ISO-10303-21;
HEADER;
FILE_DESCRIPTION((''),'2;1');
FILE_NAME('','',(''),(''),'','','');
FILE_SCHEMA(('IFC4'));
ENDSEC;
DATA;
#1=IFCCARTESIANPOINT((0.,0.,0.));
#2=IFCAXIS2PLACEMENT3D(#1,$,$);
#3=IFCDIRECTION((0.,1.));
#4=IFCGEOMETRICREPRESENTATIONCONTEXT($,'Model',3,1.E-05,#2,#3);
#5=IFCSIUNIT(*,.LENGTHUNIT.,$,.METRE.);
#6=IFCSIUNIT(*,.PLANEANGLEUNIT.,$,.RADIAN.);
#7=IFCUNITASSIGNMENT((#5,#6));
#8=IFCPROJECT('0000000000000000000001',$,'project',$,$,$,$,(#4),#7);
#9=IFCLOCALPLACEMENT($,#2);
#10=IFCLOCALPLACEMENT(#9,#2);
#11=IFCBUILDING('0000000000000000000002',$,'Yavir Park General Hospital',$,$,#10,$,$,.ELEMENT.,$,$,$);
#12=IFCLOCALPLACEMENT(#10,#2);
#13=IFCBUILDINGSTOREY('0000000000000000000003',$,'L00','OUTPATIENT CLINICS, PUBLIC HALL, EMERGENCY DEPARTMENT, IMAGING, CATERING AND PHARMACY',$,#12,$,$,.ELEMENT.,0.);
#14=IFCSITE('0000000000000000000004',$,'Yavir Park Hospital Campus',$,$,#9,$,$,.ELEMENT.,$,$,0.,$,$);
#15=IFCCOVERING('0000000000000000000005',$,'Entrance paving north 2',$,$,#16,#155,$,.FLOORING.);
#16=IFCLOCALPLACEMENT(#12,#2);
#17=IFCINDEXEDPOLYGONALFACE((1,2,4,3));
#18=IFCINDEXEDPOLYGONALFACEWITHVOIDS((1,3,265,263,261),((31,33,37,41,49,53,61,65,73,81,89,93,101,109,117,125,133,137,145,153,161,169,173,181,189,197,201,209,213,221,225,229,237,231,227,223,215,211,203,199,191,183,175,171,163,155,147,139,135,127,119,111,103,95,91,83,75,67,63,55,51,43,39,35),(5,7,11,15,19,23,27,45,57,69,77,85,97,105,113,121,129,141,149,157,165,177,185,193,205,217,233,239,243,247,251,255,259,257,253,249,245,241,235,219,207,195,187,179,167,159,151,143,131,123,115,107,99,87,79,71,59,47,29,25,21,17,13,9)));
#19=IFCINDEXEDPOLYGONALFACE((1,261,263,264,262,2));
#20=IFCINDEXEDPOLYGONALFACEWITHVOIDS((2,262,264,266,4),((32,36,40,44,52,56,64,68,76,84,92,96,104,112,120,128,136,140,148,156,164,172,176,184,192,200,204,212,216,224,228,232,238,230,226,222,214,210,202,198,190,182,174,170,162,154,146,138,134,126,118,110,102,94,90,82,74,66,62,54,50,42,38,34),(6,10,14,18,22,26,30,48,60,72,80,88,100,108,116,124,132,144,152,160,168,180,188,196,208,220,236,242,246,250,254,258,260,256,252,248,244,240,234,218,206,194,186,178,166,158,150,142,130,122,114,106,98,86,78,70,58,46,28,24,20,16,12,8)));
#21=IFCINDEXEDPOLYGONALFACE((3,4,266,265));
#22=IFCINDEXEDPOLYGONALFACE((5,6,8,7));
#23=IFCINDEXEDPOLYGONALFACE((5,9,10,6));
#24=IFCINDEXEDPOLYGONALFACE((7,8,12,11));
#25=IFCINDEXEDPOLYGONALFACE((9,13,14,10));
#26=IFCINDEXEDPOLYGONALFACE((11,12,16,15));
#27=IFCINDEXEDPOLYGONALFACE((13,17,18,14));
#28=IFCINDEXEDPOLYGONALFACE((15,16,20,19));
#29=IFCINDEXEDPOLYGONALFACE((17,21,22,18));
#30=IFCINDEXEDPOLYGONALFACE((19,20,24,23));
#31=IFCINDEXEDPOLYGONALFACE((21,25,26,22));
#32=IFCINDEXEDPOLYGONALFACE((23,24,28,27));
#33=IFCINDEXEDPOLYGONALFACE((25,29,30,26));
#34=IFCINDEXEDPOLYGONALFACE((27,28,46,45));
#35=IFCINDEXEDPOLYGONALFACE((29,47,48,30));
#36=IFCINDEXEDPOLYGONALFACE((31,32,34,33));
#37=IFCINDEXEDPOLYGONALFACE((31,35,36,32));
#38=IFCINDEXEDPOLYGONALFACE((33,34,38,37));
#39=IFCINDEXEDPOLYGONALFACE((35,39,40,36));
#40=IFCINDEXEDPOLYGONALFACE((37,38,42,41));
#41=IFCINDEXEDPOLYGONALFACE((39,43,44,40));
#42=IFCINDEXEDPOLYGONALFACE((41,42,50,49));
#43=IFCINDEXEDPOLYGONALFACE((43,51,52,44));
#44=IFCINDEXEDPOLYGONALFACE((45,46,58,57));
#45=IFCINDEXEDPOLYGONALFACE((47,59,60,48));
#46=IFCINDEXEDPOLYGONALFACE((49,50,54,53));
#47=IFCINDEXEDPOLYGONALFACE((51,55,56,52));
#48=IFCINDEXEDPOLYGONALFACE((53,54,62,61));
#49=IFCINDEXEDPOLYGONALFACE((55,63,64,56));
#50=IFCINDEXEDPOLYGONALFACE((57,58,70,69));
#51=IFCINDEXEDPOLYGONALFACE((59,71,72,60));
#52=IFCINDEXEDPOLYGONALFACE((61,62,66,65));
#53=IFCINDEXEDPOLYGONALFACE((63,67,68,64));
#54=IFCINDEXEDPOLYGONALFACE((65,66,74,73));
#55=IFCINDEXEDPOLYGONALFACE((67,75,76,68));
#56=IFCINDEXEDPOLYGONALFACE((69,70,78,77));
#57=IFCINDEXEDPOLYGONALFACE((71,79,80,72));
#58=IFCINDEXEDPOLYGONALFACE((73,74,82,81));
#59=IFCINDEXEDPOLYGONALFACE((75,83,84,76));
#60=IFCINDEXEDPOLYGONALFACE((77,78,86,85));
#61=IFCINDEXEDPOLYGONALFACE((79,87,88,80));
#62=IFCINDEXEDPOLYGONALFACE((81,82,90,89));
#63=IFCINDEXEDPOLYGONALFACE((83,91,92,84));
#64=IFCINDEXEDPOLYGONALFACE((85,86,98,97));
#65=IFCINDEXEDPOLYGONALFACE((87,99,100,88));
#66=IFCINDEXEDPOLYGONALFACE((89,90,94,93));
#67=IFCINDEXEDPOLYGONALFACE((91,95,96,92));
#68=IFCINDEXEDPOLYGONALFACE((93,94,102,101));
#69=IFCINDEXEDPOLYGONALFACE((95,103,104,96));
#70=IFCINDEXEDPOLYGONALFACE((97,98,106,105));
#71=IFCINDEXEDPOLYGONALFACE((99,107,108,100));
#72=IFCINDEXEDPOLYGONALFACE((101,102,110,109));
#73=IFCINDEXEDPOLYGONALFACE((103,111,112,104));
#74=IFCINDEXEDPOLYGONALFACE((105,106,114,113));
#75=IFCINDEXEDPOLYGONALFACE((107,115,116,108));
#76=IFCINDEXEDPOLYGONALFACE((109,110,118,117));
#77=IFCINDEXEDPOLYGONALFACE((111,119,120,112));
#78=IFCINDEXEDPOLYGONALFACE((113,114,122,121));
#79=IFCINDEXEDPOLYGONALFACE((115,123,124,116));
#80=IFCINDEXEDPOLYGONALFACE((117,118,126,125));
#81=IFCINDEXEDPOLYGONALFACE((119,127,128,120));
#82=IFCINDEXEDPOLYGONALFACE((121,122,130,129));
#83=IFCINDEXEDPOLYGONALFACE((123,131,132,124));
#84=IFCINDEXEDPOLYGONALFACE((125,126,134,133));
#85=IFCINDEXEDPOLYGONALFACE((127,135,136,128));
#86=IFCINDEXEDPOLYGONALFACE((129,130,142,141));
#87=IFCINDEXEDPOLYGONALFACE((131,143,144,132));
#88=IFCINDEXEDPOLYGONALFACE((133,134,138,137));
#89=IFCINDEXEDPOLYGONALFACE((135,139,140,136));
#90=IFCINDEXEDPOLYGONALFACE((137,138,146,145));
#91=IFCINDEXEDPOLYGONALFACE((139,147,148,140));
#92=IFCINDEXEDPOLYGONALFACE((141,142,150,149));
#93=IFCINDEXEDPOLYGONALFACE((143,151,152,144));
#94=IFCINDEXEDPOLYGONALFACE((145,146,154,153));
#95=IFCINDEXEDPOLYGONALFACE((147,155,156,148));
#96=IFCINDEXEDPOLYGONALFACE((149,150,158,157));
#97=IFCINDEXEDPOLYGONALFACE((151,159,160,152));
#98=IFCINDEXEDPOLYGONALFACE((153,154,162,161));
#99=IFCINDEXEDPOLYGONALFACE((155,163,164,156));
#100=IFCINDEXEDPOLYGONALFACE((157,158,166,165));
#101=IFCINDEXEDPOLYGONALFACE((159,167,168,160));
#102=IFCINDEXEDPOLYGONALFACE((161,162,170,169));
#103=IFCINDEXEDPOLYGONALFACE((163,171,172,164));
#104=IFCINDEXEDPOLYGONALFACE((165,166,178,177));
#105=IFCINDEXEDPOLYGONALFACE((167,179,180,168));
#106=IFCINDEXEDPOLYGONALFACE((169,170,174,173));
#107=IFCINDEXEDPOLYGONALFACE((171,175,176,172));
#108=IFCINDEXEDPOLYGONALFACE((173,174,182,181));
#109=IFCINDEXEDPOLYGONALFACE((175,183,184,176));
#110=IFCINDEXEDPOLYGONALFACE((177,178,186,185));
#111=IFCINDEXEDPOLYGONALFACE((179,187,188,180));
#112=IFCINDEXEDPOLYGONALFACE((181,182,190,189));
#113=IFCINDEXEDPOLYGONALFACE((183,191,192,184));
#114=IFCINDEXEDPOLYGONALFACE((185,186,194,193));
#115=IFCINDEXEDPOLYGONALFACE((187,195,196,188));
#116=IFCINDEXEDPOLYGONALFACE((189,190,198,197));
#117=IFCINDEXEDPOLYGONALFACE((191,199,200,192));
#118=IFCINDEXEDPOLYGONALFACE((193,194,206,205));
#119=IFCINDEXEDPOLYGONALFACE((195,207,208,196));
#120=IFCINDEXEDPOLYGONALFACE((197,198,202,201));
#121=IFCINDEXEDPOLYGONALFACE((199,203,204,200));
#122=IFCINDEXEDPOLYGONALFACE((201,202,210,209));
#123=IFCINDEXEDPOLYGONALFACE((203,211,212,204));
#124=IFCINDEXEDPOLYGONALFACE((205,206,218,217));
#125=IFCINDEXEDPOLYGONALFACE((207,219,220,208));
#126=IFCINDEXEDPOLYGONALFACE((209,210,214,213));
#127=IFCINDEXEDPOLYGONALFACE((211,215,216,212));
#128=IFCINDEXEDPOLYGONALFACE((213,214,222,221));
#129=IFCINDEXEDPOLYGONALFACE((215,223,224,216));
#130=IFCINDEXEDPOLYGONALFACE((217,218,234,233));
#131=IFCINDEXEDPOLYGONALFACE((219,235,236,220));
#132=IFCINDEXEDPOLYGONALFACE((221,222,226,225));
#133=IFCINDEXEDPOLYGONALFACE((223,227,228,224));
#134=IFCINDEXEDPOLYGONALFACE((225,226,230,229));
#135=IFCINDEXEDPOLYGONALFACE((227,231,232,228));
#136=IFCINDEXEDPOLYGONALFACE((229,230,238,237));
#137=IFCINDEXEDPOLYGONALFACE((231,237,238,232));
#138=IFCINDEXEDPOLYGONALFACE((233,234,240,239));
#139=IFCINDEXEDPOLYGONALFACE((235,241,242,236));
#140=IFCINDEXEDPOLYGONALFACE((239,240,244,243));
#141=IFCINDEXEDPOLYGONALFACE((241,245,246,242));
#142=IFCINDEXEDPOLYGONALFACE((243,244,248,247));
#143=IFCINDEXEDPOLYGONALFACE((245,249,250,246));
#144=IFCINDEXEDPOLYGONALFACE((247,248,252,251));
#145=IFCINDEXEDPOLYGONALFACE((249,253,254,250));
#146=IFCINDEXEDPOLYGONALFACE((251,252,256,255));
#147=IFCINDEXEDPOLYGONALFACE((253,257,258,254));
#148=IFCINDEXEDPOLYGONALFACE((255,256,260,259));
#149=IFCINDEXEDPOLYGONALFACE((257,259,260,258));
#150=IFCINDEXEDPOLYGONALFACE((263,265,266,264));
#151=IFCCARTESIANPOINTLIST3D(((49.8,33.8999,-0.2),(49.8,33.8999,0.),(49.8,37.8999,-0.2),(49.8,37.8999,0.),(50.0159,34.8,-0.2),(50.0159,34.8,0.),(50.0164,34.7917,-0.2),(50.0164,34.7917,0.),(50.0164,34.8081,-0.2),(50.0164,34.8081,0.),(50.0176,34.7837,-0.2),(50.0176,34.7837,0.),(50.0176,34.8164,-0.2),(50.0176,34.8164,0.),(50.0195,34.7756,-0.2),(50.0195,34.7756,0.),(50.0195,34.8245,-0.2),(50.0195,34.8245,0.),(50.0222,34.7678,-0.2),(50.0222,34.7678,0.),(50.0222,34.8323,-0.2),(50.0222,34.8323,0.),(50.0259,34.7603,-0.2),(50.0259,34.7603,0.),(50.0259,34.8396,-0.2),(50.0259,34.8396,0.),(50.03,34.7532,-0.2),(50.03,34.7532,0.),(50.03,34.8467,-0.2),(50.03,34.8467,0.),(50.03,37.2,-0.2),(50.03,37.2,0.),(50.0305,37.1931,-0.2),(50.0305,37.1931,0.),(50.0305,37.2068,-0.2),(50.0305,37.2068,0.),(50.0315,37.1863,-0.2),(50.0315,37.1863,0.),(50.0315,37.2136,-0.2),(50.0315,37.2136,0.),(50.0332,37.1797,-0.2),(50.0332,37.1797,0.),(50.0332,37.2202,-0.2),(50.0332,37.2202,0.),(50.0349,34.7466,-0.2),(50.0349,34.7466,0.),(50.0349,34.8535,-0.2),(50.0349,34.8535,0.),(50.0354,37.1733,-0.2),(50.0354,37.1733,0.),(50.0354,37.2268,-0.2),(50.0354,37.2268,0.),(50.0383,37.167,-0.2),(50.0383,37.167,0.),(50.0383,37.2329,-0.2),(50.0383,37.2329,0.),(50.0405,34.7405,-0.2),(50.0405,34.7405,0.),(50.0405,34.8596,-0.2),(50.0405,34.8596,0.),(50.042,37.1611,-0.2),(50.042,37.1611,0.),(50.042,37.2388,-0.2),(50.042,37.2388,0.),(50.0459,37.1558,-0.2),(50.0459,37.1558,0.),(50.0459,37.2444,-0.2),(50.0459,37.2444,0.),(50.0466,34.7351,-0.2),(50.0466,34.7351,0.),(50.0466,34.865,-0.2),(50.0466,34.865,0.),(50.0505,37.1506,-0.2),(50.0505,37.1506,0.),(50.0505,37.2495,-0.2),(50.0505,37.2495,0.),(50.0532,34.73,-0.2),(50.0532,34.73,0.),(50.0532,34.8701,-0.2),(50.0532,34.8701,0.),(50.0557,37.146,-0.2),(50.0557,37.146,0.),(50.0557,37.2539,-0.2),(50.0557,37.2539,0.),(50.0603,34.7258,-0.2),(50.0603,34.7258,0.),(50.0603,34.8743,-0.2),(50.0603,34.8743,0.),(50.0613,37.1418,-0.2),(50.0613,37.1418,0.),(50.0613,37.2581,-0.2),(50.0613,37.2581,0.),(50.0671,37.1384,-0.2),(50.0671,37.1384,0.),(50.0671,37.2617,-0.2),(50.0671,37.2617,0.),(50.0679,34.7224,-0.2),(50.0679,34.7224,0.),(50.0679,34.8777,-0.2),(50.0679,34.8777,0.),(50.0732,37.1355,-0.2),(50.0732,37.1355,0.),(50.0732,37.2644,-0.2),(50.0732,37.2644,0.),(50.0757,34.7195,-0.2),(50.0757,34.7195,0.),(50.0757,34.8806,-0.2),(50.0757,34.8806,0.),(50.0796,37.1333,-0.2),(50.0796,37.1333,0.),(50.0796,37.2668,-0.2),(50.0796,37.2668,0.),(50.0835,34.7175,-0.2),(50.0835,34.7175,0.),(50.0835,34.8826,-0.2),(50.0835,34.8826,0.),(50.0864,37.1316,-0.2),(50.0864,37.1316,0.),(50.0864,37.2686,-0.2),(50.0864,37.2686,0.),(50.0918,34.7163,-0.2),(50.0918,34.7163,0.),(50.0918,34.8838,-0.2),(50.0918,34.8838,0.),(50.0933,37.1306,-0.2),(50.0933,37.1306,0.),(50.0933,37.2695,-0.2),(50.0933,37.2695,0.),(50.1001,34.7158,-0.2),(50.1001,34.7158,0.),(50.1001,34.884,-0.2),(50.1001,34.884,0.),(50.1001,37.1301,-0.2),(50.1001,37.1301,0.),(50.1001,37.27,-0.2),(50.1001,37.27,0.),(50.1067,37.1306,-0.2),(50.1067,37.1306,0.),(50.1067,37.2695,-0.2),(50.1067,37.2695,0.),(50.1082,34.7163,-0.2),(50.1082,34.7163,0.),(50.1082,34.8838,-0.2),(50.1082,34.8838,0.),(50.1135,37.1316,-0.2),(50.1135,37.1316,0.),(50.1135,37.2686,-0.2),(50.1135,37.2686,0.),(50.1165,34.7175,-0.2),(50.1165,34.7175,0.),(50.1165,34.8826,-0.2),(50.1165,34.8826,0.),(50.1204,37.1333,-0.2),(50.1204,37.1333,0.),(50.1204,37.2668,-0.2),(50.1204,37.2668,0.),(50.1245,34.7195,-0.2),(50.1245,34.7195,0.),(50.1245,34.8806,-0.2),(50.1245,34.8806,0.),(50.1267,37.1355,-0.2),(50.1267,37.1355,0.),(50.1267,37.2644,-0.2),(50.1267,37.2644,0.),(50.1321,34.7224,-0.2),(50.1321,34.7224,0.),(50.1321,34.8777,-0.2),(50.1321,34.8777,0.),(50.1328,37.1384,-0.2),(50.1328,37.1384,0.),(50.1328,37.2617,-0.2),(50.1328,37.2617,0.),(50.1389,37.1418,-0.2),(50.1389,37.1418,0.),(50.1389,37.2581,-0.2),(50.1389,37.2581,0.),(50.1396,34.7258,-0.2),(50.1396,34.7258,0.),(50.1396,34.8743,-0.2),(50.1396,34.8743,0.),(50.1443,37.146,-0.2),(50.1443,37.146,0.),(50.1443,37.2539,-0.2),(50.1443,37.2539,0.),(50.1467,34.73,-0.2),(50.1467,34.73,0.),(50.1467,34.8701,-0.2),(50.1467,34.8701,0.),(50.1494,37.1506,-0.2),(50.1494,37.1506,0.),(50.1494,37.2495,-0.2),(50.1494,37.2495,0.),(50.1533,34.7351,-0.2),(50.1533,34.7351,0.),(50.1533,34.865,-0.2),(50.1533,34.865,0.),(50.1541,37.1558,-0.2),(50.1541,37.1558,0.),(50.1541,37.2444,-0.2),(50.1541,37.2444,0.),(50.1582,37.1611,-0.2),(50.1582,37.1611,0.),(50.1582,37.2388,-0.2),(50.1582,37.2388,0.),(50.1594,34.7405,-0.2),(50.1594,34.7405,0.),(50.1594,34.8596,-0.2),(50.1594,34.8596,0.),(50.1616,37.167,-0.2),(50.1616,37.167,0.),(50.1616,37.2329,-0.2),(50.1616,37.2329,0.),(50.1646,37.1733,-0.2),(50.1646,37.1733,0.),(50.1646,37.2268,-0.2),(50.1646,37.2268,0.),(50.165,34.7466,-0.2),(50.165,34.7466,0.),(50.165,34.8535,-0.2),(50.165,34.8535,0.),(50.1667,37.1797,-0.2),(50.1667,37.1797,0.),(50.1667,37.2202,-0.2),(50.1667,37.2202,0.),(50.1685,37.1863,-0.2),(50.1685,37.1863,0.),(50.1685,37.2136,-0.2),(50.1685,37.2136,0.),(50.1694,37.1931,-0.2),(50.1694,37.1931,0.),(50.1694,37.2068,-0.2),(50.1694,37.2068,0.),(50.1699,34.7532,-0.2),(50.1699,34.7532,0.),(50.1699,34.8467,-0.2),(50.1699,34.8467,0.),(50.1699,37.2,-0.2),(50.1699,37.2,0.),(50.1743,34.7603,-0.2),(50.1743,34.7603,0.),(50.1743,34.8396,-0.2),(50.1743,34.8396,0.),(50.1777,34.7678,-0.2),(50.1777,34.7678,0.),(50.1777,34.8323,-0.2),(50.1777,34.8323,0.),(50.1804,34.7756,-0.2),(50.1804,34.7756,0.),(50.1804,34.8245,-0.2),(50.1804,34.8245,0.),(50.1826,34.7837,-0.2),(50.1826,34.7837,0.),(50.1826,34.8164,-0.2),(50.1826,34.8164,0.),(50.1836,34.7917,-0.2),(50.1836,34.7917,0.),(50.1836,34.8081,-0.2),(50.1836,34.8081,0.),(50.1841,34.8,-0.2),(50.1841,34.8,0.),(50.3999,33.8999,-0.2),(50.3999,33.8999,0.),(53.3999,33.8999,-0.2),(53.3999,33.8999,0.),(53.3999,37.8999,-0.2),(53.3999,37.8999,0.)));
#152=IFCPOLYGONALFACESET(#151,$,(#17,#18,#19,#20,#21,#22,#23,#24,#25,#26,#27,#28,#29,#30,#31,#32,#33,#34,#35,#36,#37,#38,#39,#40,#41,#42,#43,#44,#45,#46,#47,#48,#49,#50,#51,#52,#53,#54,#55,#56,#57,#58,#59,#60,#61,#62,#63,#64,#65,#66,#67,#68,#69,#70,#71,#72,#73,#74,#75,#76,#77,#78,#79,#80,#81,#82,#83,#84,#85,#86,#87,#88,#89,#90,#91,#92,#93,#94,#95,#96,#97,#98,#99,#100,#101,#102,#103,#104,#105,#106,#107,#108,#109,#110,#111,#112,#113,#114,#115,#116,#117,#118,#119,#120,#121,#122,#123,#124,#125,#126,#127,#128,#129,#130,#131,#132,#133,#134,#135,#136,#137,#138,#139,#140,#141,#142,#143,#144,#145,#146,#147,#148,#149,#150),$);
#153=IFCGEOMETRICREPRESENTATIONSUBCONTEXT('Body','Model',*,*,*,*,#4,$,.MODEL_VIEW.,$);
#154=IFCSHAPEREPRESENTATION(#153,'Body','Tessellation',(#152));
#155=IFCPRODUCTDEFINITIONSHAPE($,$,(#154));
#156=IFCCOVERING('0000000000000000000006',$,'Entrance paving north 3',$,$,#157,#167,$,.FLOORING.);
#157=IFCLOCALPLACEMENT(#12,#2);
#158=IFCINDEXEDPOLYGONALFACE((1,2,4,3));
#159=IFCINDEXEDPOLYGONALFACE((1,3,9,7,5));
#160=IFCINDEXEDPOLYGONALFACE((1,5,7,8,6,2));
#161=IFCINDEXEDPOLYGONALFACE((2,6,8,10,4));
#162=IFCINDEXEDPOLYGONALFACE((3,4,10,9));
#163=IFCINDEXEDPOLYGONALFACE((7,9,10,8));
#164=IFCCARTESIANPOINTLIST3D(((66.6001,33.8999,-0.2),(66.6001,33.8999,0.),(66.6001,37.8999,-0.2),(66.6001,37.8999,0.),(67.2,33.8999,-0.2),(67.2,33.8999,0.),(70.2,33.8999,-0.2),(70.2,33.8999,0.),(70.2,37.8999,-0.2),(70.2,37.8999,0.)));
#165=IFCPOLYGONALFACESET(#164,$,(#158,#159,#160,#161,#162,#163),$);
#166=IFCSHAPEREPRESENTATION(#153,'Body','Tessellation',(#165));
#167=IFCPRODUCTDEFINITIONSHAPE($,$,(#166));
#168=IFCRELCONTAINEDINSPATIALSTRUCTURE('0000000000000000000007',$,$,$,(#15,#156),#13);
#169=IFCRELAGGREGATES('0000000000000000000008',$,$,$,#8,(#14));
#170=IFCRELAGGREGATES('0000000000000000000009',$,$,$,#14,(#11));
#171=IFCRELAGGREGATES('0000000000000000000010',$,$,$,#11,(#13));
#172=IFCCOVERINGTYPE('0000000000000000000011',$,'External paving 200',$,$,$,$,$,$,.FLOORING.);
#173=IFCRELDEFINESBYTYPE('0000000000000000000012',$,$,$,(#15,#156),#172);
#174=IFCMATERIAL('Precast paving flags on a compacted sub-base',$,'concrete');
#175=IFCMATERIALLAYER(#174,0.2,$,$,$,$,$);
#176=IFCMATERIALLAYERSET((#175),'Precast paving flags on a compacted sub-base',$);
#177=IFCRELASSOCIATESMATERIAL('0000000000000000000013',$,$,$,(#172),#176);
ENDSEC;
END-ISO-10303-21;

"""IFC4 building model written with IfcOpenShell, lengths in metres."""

from ifc_helpers import new_model, si_unit, direction, frame, origin, place, context, subcontext, project, spatial, polyline, outline, extrude, material, layer, layer_set, type_object, element, save


model = new_model("IFC4")

# Units and contexts
model_context = context("Model", 3, precision=1e-05, world=origin(), true_north=direction((0.0, 1.0)))
body_context = subcontext(model_context, "Body", "Model", "MODEL_VIEW")
ifc_project = project(units=[si_unit("LENGTHUNIT", "METRE"), si_unit("PLANEANGLEUNIT", "RADIAN")], contexts=[model_context])

# Site, building, storey
site_placement = place(None, origin())
site = spatial("IfcSite", under=ifc_project, at=site_placement, Name="Yavir Park Hospital Campus", CompositionType="ELEMENT", RefElevation=0.0)
building_placement = place(site_placement, origin())
building = spatial("IfcBuilding", under=site, at=building_placement, Name="Yavir Park General Hospital", CompositionType="ELEMENT")
storey_placement = place(building_placement, origin())
storey = spatial("IfcBuildingStorey", under=building, at=storey_placement, Name="L00", Description="OUTPATIENT CLINICS, PUBLIC HALL, EMERGENCY DEPARTMENT, IMAGING, CATERING AND PHARMACY", CompositionType="ELEMENT", Elevation=0.0)

# Coverings
ifc_material_1 = material(Name="Precast paving flags on a compacted sub-base", Category="concrete")
ifc_layer_1 = layer(ifc_material_1, 0.2)
ifc_layer_set_1 = layer_set([ifc_layer_1], Name="Precast paving flags on a compacted sub-base")
covering_type = type_object("IfcCoveringType", Name="External paving 200", PredefinedType="FLOORING", material=ifc_layer_set_1)
covering_1_placement = place(storey_placement, frame((0.0, 0.0, -0.2)))
element("IfcCovering", 1, at=covering_1_placement, inside=storey, type_object=covering_type, Name="Entrance paving north 2", PredefinedType="FLOORING", context=body_context, shape_type="SweptSolid", body=[
    extrude(outline(polyline([(50.3999, 33.8999), (49.8, 33.8999), (49.8, 37.8999), (53.3999, 37.8999), (53.3999, 33.8999), (50.3999, 33.8999)]), holes=[polyline([(50.1743, 34.8396), (50.1699, 34.8467), (50.165, 34.8535), (50.1594, 34.8596), (50.1533, 34.865), (50.1467, 34.8701), (50.1396, 34.8743), (50.1321, 34.8777), (50.1245, 34.8806), (50.1165, 34.8826), (50.1082, 34.8838), (50.1001, 34.884), (50.0918, 34.8838), (50.0835, 34.8826), (50.0757, 34.8806), (50.0679, 34.8777), (50.0603, 34.8743), (50.0532, 34.8701), (50.0466, 34.865), (50.0405, 34.8596), (50.0349, 34.8535), (50.03, 34.8467), (50.0259, 34.8396), (50.0222, 34.8323), (50.0195, 34.8245), (50.0176, 34.8164), (50.0164, 34.8081), (50.0159, 34.8), (50.0164, 34.7917), (50.0176, 34.7837), (50.0195, 34.7756), (50.0222, 34.7678), (50.0259, 34.7603), (50.03, 34.7532), (50.0349, 34.7466), (50.0405, 34.7405), (50.0466, 34.7351), (50.0532, 34.73), (50.0603, 34.7258), (50.0679, 34.7224), (50.0757, 34.7195), (50.0835, 34.7175), (50.0918, 34.7163), (50.1001, 34.7158), (50.1082, 34.7163), (50.1165, 34.7175), (50.1245, 34.7195), (50.1321, 34.7224), (50.1396, 34.7258), (50.1467, 34.73), (50.1533, 34.7351), (50.1594, 34.7405), (50.165, 34.7466), (50.1699, 34.7532), (50.1743, 34.7603), (50.1777, 34.7678), (50.1804, 34.7756), (50.1826, 34.7837), (50.1836, 34.7917), (50.1841, 34.8), (50.1836, 34.8081), (50.1826, 34.8164), (50.1804, 34.8245), (50.1777, 34.8323), (50.1743, 34.8396)]), polyline([(50.1616, 37.2329), (50.1582, 37.2388), (50.1541, 37.2444), (50.1494, 37.2495), (50.1443, 37.2539), (50.1389, 37.2581), (50.1328, 37.2617), (50.1267, 37.2644), (50.1204, 37.2668), (50.1135, 37.2686), (50.1067, 37.2695), (50.1001, 37.27), (50.0933, 37.2695), (50.0864, 37.2686), (50.0796, 37.2668), (50.0732, 37.2644), (50.0671, 37.2617), (50.0613, 37.2581), (50.0557, 37.2539), (50.0505, 37.2495), (50.0459, 37.2444), (50.042, 37.2388), (50.0383, 37.2329), (50.0354, 37.2268), (50.0332, 37.2202), (50.0315, 37.2136), (50.0305, 37.2068), (50.03, 37.2), (50.0305, 37.1931), (50.0315, 37.1863), (50.0332, 37.1797), (50.0354, 37.1733), (50.0383, 37.167), (50.042, 37.1611), (50.0459, 37.1558), (50.0505, 37.1506), (50.0557, 37.146), (50.0613, 37.1418), (50.0671, 37.1384), (50.0732, 37.1355), (50.0796, 37.1333), (50.0864, 37.1316), (50.0933, 37.1306), (50.1001, 37.1301), (50.1067, 37.1306), (50.1135, 37.1316), (50.1204, 37.1333), (50.1267, 37.1355), (50.1328, 37.1384), (50.1389, 37.1418), (50.1443, 37.146), (50.1494, 37.1506), (50.1541, 37.1558), (50.1582, 37.1611), (50.1616, 37.167), (50.1646, 37.1733), (50.1667, 37.1797), (50.1685, 37.1863), (50.1694, 37.1931), (50.1699, 37.2), (50.1694, 37.2068), (50.1685, 37.2136), (50.1667, 37.2202), (50.1646, 37.2268), (50.1616, 37.2329)])]), origin(), (0.0, 0.0, 1.0), 0.2),
])
covering_2_placement = place(storey_placement, frame((0.0, 0.0, -0.2)))
element("IfcCovering", 2, at=covering_2_placement, inside=storey, type_object=covering_type, Name="Entrance paving north 3", PredefinedType="FLOORING", context=body_context, shape_type="SweptSolid", body=[
    extrude(outline(polyline([(67.2, 33.8999), (66.6001, 33.8999), (66.6001, 37.8999), (70.2, 37.8999), (70.2, 33.8999), (67.2, 33.8999)])), origin(), (0.0, 0.0, 1.0), 0.2),
])

save(model, "model.ifc")
